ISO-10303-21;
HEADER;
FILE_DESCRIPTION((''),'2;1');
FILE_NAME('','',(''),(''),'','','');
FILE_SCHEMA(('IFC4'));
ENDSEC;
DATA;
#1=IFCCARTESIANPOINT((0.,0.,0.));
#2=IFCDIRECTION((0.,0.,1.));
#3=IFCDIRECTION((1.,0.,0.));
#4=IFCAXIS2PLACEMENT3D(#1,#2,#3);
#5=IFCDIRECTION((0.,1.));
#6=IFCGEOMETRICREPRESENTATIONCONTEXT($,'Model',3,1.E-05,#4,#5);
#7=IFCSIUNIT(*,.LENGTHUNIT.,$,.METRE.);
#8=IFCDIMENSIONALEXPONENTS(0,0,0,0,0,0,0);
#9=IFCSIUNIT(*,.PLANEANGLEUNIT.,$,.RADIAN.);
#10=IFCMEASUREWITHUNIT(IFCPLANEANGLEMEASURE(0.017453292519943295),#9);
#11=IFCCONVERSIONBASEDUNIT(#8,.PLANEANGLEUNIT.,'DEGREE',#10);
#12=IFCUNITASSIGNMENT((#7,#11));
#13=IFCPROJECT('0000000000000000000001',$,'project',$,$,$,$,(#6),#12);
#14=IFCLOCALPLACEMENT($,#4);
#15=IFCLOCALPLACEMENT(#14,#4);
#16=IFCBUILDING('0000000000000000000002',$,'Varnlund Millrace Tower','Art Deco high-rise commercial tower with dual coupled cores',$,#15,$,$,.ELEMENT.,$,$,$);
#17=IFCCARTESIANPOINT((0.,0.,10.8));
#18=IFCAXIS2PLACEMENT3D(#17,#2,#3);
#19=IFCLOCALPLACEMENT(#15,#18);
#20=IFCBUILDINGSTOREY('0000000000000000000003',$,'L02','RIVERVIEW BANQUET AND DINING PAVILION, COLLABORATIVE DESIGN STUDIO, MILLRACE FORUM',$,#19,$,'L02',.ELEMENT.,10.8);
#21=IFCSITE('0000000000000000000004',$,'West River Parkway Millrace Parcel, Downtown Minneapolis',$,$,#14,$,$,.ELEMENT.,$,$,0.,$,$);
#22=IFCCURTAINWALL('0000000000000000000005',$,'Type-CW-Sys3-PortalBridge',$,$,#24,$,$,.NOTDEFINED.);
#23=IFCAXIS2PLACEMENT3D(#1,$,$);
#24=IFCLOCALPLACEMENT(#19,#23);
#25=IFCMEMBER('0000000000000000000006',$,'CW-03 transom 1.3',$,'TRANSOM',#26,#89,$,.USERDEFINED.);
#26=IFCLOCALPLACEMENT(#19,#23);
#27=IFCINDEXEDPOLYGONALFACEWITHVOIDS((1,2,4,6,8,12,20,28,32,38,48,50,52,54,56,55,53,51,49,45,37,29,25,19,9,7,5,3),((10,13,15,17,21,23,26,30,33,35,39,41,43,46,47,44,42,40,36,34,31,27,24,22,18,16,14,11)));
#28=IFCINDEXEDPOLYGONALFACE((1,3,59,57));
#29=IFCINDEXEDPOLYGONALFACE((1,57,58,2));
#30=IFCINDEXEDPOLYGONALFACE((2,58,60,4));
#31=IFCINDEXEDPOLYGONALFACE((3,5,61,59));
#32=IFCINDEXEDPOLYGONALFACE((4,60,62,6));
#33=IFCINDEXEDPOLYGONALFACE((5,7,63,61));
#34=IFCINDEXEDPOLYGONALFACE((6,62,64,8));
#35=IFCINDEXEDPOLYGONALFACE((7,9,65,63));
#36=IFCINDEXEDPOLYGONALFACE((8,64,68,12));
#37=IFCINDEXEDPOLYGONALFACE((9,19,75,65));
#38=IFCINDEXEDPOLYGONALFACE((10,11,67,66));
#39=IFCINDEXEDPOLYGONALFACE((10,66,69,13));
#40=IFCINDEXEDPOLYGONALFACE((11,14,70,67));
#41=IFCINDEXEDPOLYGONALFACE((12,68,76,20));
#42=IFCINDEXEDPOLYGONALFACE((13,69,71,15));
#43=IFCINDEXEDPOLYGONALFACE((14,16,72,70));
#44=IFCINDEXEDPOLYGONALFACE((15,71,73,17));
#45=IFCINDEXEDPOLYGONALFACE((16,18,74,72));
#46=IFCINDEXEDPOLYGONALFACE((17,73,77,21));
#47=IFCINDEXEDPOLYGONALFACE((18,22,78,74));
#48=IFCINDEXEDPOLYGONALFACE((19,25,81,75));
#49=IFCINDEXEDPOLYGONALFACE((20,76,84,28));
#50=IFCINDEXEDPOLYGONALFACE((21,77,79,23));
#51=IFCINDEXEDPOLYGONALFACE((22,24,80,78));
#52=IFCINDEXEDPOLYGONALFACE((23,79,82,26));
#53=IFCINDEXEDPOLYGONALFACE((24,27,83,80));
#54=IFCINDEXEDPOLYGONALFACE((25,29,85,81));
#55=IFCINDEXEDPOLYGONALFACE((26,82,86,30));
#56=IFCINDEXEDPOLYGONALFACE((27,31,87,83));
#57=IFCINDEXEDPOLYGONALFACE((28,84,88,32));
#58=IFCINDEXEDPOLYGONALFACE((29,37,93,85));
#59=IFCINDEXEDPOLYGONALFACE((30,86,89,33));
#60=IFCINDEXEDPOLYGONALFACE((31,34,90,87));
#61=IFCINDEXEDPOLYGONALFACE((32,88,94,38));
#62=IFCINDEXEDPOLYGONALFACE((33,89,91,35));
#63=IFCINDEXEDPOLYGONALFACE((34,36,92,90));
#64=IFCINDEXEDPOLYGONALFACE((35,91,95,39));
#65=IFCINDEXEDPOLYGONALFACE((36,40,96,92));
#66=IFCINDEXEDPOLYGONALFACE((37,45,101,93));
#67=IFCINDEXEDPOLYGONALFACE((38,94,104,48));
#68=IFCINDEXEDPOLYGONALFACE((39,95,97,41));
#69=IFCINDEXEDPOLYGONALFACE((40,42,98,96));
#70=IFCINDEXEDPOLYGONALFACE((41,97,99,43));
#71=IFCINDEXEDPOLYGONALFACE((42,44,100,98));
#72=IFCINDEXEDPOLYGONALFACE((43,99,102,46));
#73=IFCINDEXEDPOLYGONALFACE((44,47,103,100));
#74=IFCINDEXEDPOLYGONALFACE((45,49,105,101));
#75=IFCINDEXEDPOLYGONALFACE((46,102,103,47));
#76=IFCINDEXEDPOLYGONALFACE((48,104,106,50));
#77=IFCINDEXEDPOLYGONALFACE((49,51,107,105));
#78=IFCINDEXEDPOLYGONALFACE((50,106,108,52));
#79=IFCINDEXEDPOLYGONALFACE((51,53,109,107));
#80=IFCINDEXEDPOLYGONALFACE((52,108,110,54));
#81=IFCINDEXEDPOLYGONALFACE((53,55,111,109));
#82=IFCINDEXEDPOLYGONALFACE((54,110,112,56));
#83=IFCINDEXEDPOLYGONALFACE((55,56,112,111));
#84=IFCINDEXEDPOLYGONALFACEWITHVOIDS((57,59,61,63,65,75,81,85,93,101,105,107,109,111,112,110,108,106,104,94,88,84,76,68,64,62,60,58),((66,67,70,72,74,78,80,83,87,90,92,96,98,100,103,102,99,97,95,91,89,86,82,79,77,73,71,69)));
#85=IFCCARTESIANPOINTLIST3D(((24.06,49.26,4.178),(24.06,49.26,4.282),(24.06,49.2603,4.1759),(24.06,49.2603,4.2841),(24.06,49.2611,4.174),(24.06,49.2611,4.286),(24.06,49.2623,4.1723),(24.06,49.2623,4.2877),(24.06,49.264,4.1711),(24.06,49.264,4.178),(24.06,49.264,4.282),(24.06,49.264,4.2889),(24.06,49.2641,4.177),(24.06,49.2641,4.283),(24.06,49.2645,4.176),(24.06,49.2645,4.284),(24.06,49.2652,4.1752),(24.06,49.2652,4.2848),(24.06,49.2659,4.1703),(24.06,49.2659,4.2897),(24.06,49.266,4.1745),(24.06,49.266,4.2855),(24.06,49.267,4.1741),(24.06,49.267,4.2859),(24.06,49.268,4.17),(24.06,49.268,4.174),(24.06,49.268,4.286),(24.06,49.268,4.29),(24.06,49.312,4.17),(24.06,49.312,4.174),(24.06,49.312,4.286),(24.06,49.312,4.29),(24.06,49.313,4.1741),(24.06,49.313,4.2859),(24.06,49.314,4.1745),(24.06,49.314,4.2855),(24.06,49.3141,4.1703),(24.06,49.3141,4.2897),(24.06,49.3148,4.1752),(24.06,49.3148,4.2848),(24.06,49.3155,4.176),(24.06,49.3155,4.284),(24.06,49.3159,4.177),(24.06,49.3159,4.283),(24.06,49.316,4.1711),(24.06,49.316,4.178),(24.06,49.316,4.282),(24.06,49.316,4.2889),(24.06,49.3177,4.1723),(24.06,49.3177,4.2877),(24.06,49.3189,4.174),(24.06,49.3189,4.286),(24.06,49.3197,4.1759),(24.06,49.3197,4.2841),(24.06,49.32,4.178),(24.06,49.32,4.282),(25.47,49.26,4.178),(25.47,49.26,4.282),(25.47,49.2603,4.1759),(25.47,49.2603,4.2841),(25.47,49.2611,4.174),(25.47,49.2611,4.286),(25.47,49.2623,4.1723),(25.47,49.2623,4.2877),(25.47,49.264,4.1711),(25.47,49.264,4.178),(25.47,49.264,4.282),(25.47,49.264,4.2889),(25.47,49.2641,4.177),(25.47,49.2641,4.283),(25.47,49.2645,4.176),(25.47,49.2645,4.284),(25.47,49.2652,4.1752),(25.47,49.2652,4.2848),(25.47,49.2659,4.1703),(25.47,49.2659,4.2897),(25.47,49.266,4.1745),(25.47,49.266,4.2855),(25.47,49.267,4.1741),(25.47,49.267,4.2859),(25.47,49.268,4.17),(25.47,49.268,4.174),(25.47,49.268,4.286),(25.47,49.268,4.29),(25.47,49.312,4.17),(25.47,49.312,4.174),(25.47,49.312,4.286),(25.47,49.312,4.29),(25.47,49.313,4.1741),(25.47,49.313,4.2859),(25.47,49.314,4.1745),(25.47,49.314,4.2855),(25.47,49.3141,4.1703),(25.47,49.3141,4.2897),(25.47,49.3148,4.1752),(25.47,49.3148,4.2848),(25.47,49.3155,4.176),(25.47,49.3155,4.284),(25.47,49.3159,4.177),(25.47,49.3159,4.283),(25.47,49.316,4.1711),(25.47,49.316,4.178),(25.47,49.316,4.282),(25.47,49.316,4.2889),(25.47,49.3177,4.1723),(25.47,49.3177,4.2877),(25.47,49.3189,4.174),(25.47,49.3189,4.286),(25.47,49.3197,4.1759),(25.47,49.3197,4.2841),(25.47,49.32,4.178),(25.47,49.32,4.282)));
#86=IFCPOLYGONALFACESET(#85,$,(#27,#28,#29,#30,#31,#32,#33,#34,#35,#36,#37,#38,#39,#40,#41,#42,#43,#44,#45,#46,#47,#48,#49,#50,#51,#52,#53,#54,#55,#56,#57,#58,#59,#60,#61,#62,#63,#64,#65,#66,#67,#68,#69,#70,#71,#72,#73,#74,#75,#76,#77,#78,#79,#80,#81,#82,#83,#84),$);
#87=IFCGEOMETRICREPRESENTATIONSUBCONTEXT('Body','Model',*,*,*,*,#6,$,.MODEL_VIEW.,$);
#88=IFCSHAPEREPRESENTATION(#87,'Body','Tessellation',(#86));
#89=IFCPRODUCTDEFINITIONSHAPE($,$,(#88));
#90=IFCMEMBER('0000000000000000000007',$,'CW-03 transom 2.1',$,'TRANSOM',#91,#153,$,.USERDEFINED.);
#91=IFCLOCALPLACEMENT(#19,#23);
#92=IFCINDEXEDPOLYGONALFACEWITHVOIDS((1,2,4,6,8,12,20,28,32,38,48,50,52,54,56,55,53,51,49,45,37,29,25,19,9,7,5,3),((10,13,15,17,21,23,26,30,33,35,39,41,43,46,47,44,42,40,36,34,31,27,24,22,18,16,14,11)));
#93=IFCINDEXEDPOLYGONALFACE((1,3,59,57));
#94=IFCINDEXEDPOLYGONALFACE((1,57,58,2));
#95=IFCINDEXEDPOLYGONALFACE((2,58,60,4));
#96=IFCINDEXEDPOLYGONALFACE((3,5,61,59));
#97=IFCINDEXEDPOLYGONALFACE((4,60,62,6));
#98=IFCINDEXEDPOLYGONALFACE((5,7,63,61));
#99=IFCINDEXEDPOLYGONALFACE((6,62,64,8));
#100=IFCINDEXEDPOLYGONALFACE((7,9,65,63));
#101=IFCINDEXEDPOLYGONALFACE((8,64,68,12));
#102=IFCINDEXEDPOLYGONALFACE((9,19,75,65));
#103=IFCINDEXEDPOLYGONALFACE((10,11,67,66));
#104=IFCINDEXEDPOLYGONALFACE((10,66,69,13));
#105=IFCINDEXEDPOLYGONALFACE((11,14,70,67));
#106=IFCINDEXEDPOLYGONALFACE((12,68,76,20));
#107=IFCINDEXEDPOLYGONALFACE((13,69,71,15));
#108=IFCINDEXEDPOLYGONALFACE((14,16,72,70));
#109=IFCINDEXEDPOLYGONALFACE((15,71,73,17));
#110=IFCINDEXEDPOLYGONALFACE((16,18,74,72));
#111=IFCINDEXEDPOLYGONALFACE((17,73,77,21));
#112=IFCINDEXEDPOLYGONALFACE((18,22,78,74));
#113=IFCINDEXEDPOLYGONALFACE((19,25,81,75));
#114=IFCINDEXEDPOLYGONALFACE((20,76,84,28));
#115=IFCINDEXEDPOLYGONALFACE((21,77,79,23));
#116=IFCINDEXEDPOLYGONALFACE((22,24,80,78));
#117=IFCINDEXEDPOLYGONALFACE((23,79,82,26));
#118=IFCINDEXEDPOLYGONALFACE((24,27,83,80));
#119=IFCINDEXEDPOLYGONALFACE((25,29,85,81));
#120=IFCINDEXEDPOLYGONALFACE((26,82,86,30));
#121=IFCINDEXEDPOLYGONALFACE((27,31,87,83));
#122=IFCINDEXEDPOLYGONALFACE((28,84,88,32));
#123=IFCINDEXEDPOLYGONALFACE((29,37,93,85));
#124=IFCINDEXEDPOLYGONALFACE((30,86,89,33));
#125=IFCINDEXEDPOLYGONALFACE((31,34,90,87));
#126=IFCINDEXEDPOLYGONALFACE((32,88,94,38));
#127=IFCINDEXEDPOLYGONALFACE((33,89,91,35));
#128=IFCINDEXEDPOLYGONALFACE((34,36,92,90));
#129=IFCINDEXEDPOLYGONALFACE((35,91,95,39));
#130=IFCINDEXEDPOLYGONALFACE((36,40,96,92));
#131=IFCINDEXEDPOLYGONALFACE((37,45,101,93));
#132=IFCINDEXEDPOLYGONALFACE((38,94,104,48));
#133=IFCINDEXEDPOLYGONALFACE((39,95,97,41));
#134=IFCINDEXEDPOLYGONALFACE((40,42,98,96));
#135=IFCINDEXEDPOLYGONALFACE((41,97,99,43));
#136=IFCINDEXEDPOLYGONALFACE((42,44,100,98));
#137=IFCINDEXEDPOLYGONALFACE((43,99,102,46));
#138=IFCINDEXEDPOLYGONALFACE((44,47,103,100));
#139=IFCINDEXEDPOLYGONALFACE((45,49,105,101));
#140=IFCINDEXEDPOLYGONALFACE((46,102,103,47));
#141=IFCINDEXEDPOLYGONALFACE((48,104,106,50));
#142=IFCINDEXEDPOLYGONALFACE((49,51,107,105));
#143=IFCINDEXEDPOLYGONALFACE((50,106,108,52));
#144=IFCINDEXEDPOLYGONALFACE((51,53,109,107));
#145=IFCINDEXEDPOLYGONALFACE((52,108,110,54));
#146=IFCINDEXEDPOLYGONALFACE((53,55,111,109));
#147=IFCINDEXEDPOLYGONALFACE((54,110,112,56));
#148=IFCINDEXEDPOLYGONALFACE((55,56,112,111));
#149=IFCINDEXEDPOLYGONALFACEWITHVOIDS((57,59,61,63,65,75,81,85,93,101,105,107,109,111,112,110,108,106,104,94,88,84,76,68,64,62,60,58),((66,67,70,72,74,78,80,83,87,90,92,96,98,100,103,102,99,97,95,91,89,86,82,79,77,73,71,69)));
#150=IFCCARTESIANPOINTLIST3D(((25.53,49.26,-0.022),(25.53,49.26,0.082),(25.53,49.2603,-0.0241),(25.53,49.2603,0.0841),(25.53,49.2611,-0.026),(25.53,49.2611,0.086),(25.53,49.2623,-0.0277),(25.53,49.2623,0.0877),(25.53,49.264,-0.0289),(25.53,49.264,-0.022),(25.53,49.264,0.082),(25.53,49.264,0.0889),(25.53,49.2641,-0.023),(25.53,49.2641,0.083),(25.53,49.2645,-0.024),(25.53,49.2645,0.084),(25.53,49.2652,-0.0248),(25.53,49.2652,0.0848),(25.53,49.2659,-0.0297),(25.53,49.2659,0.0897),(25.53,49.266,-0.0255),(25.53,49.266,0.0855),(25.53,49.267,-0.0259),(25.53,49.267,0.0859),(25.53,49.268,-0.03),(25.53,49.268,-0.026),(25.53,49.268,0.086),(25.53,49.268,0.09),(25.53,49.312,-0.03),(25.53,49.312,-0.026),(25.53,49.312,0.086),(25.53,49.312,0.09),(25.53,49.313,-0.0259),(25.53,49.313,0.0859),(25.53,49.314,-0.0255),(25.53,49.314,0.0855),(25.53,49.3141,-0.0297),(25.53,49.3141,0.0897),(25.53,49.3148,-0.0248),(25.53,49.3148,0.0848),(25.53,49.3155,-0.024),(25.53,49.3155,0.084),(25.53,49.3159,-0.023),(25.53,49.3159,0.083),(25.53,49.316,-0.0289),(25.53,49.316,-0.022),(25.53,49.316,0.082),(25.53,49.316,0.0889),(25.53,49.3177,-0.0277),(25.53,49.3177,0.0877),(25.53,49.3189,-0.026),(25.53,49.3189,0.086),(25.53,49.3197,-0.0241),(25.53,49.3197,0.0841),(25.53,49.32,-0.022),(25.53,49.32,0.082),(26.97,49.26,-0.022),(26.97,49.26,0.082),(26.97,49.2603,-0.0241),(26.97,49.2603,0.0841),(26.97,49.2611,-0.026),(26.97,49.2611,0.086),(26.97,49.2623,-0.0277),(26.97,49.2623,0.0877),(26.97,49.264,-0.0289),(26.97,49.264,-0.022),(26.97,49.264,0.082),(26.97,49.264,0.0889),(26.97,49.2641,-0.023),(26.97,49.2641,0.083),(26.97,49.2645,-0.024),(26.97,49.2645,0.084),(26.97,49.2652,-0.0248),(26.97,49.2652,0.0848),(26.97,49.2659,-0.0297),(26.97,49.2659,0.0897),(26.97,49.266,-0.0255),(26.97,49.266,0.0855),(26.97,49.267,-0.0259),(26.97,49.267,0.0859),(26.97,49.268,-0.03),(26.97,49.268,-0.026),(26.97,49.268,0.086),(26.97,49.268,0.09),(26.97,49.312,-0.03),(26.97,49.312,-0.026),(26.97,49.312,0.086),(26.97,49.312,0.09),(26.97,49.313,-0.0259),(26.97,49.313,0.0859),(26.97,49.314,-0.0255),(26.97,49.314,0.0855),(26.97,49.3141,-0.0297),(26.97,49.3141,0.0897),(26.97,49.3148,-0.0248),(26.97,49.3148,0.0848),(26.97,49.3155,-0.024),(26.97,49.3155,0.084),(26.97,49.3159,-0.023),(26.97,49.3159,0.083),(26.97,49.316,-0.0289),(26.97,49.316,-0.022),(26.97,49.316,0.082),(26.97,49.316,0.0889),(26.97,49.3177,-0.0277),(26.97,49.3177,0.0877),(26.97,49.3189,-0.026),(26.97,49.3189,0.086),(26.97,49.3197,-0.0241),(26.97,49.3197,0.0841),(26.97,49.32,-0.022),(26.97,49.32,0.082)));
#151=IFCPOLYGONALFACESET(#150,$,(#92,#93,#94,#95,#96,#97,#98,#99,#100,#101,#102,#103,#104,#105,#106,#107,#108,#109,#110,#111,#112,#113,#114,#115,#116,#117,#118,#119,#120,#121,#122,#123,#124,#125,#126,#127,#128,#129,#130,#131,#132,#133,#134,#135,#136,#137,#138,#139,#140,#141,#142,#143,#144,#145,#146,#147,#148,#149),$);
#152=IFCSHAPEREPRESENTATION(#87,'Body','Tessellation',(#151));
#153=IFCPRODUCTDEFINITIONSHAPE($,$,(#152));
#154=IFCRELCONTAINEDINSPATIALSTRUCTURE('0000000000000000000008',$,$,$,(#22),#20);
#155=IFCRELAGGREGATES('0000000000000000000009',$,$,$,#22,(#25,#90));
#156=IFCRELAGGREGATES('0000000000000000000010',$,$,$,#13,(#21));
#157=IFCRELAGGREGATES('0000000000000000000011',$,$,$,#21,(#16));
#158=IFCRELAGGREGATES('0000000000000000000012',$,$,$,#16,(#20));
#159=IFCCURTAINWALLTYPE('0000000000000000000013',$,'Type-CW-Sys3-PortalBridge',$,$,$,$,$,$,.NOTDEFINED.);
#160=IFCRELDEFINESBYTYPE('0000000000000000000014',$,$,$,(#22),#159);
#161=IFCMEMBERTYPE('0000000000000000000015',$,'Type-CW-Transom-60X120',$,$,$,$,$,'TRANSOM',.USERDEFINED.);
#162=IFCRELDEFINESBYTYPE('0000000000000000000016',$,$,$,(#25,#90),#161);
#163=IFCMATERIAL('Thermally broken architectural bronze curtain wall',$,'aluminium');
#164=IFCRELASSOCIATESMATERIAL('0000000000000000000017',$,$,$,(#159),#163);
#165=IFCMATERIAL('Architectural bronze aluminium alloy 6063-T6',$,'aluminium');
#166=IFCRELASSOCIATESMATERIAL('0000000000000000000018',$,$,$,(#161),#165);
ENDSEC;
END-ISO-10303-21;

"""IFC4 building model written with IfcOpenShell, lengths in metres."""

from ifc_helpers import new_model, entity, si_unit, converted_unit, direction, frame, origin_with_axes, origin_2d_with_axis, place, context, subcontext, project, spatial, hollow_rectangle, extrude, material, material_profile, profile_set, type_object, element, aggregate, save


model = new_model("IFC4")

# Units and contexts
model_context = context("Model", 3, precision=1e-05, world=origin_with_axes(), true_north=direction((0.0, 1.0)))
body_context = subcontext(model_context, "Body", "Model", "MODEL_VIEW")
ifc_project = project(units=[si_unit("LENGTHUNIT", "METRE"), converted_unit("PLANEANGLEUNIT", "DEGREE", entity("IfcPlaneAngleMeasure", 0.017453292519943295), si_unit("PLANEANGLEUNIT", "RADIAN"), dimensions=[0, 0, 0, 0, 0, 0, 0])], contexts=[model_context])

# Site, building, storey
site_placement = place(None, origin_with_axes())
site = spatial("IfcSite", under=ifc_project, at=site_placement, Name="West River Parkway Millrace Parcel, Downtown Minneapolis", CompositionType="ELEMENT", RefElevation=0.0)
building_placement = place(site_placement, origin_with_axes())
building = spatial("IfcBuilding", under=site, at=building_placement, Name="Varnlund Millrace Tower", Description="Art Deco high-rise commercial tower with dual coupled cores", CompositionType="ELEMENT")
storey_placement = place(building_placement, frame((0.0, 0.0, 10.8), z_axis=(0.0, 0.0, 1.0), x_axis=(1.0, 0.0, 0.0)))
storey = spatial("IfcBuildingStorey", under=building, at=storey_placement, Name="L02", Description="RIVERVIEW BANQUET AND DINING PAVILION, COLLABORATIVE DESIGN STUDIO, MILLRACE FORUM", LongName="L02", CompositionType="ELEMENT", Elevation=10.8)

# Curtain wall, members
ifc_material_1 = material(Name="Thermally broken architectural bronze curtain wall", Category="aluminium")
curtain_wall_type = type_object("IfcCurtainWallType", Name="Type-CW-Sys3-PortalBridge", PredefinedType="NOTDEFINED", material=ifc_material_1)
curtain_wall_placement = place(storey_placement, frame((24.0, 49.29, 0.0), z_axis=(0.0, 0.0, 1.0), x_axis=(1.0, 0.0, 0.0)))
curtain_wall = element("IfcCurtainWall", 1, at=curtain_wall_placement, inside=storey, type_object=curtain_wall_type, Name="Type-CW-Sys3-PortalBridge", PredefinedType="NOTDEFINED")
ifc_material_2 = material(Name="Architectural bronze aluminium alloy 6063-T6", Category="aluminium")
ifc_material_profile_1 = material_profile(ifc_material_2, hollow_rectangle(XDim=0.06, YDim=0.12, WallThickness=0.004, InnerFilletRadius=0.004, OuterFilletRadius=0.008, at=origin_2d_with_axis()), Name="Architectural bronze aluminium alloy 6063-T6")
ifc_profile_set_1 = profile_set([ifc_material_profile_1], Name="Architectural bronze aluminium alloy 6063-T6")
member_type_1 = type_object("IfcMemberType", Name="Type-CW-Transom-60X120", ElementType="TRANSOM", PredefinedType="USERDEFINED", material=ifc_profile_set_1)
member_1_placement = place(storey_placement, frame((24.06, 49.29, 4.23), z_axis=(1.0, 0.0, 0.0), x_axis=(0.0, 1.0, 0.0)))
member_1 = element("IfcMember", 2, at=member_1_placement, type_object=member_type_1, Name="CW-03 transom 1.3", ObjectType="TRANSOM", PredefinedType="USERDEFINED", context=body_context, shape_type="SweptSolid", body=[
    extrude(hollow_rectangle(XDim=0.06, YDim=0.12, WallThickness=0.004, InnerFilletRadius=0.004, OuterFilletRadius=0.008, at=origin_2d_with_axis()), origin_with_axes(), (0.0, 0.0, 1.0), 1.41),
])
member_2_placement = place(storey_placement, frame((25.53, 49.29, 0.03), z_axis=(1.0, 0.0, 0.0), x_axis=(0.0, 1.0, 0.0)))
member_2 = element("IfcMember", 3, at=member_2_placement, type_object=member_type_1, Name="CW-03 transom 2.1", ObjectType="TRANSOM", PredefinedType="USERDEFINED", context=body_context, shape_type="SweptSolid", body=[
    extrude(hollow_rectangle(XDim=0.06, YDim=0.12, WallThickness=0.004, InnerFilletRadius=0.004, OuterFilletRadius=0.008, at=origin_2d_with_axis()), origin_with_axes(), (0.0, 0.0, 1.0), 1.44),
])

aggregate(curtain_wall, [member_1, member_2])

save(model, "model.ifc")
